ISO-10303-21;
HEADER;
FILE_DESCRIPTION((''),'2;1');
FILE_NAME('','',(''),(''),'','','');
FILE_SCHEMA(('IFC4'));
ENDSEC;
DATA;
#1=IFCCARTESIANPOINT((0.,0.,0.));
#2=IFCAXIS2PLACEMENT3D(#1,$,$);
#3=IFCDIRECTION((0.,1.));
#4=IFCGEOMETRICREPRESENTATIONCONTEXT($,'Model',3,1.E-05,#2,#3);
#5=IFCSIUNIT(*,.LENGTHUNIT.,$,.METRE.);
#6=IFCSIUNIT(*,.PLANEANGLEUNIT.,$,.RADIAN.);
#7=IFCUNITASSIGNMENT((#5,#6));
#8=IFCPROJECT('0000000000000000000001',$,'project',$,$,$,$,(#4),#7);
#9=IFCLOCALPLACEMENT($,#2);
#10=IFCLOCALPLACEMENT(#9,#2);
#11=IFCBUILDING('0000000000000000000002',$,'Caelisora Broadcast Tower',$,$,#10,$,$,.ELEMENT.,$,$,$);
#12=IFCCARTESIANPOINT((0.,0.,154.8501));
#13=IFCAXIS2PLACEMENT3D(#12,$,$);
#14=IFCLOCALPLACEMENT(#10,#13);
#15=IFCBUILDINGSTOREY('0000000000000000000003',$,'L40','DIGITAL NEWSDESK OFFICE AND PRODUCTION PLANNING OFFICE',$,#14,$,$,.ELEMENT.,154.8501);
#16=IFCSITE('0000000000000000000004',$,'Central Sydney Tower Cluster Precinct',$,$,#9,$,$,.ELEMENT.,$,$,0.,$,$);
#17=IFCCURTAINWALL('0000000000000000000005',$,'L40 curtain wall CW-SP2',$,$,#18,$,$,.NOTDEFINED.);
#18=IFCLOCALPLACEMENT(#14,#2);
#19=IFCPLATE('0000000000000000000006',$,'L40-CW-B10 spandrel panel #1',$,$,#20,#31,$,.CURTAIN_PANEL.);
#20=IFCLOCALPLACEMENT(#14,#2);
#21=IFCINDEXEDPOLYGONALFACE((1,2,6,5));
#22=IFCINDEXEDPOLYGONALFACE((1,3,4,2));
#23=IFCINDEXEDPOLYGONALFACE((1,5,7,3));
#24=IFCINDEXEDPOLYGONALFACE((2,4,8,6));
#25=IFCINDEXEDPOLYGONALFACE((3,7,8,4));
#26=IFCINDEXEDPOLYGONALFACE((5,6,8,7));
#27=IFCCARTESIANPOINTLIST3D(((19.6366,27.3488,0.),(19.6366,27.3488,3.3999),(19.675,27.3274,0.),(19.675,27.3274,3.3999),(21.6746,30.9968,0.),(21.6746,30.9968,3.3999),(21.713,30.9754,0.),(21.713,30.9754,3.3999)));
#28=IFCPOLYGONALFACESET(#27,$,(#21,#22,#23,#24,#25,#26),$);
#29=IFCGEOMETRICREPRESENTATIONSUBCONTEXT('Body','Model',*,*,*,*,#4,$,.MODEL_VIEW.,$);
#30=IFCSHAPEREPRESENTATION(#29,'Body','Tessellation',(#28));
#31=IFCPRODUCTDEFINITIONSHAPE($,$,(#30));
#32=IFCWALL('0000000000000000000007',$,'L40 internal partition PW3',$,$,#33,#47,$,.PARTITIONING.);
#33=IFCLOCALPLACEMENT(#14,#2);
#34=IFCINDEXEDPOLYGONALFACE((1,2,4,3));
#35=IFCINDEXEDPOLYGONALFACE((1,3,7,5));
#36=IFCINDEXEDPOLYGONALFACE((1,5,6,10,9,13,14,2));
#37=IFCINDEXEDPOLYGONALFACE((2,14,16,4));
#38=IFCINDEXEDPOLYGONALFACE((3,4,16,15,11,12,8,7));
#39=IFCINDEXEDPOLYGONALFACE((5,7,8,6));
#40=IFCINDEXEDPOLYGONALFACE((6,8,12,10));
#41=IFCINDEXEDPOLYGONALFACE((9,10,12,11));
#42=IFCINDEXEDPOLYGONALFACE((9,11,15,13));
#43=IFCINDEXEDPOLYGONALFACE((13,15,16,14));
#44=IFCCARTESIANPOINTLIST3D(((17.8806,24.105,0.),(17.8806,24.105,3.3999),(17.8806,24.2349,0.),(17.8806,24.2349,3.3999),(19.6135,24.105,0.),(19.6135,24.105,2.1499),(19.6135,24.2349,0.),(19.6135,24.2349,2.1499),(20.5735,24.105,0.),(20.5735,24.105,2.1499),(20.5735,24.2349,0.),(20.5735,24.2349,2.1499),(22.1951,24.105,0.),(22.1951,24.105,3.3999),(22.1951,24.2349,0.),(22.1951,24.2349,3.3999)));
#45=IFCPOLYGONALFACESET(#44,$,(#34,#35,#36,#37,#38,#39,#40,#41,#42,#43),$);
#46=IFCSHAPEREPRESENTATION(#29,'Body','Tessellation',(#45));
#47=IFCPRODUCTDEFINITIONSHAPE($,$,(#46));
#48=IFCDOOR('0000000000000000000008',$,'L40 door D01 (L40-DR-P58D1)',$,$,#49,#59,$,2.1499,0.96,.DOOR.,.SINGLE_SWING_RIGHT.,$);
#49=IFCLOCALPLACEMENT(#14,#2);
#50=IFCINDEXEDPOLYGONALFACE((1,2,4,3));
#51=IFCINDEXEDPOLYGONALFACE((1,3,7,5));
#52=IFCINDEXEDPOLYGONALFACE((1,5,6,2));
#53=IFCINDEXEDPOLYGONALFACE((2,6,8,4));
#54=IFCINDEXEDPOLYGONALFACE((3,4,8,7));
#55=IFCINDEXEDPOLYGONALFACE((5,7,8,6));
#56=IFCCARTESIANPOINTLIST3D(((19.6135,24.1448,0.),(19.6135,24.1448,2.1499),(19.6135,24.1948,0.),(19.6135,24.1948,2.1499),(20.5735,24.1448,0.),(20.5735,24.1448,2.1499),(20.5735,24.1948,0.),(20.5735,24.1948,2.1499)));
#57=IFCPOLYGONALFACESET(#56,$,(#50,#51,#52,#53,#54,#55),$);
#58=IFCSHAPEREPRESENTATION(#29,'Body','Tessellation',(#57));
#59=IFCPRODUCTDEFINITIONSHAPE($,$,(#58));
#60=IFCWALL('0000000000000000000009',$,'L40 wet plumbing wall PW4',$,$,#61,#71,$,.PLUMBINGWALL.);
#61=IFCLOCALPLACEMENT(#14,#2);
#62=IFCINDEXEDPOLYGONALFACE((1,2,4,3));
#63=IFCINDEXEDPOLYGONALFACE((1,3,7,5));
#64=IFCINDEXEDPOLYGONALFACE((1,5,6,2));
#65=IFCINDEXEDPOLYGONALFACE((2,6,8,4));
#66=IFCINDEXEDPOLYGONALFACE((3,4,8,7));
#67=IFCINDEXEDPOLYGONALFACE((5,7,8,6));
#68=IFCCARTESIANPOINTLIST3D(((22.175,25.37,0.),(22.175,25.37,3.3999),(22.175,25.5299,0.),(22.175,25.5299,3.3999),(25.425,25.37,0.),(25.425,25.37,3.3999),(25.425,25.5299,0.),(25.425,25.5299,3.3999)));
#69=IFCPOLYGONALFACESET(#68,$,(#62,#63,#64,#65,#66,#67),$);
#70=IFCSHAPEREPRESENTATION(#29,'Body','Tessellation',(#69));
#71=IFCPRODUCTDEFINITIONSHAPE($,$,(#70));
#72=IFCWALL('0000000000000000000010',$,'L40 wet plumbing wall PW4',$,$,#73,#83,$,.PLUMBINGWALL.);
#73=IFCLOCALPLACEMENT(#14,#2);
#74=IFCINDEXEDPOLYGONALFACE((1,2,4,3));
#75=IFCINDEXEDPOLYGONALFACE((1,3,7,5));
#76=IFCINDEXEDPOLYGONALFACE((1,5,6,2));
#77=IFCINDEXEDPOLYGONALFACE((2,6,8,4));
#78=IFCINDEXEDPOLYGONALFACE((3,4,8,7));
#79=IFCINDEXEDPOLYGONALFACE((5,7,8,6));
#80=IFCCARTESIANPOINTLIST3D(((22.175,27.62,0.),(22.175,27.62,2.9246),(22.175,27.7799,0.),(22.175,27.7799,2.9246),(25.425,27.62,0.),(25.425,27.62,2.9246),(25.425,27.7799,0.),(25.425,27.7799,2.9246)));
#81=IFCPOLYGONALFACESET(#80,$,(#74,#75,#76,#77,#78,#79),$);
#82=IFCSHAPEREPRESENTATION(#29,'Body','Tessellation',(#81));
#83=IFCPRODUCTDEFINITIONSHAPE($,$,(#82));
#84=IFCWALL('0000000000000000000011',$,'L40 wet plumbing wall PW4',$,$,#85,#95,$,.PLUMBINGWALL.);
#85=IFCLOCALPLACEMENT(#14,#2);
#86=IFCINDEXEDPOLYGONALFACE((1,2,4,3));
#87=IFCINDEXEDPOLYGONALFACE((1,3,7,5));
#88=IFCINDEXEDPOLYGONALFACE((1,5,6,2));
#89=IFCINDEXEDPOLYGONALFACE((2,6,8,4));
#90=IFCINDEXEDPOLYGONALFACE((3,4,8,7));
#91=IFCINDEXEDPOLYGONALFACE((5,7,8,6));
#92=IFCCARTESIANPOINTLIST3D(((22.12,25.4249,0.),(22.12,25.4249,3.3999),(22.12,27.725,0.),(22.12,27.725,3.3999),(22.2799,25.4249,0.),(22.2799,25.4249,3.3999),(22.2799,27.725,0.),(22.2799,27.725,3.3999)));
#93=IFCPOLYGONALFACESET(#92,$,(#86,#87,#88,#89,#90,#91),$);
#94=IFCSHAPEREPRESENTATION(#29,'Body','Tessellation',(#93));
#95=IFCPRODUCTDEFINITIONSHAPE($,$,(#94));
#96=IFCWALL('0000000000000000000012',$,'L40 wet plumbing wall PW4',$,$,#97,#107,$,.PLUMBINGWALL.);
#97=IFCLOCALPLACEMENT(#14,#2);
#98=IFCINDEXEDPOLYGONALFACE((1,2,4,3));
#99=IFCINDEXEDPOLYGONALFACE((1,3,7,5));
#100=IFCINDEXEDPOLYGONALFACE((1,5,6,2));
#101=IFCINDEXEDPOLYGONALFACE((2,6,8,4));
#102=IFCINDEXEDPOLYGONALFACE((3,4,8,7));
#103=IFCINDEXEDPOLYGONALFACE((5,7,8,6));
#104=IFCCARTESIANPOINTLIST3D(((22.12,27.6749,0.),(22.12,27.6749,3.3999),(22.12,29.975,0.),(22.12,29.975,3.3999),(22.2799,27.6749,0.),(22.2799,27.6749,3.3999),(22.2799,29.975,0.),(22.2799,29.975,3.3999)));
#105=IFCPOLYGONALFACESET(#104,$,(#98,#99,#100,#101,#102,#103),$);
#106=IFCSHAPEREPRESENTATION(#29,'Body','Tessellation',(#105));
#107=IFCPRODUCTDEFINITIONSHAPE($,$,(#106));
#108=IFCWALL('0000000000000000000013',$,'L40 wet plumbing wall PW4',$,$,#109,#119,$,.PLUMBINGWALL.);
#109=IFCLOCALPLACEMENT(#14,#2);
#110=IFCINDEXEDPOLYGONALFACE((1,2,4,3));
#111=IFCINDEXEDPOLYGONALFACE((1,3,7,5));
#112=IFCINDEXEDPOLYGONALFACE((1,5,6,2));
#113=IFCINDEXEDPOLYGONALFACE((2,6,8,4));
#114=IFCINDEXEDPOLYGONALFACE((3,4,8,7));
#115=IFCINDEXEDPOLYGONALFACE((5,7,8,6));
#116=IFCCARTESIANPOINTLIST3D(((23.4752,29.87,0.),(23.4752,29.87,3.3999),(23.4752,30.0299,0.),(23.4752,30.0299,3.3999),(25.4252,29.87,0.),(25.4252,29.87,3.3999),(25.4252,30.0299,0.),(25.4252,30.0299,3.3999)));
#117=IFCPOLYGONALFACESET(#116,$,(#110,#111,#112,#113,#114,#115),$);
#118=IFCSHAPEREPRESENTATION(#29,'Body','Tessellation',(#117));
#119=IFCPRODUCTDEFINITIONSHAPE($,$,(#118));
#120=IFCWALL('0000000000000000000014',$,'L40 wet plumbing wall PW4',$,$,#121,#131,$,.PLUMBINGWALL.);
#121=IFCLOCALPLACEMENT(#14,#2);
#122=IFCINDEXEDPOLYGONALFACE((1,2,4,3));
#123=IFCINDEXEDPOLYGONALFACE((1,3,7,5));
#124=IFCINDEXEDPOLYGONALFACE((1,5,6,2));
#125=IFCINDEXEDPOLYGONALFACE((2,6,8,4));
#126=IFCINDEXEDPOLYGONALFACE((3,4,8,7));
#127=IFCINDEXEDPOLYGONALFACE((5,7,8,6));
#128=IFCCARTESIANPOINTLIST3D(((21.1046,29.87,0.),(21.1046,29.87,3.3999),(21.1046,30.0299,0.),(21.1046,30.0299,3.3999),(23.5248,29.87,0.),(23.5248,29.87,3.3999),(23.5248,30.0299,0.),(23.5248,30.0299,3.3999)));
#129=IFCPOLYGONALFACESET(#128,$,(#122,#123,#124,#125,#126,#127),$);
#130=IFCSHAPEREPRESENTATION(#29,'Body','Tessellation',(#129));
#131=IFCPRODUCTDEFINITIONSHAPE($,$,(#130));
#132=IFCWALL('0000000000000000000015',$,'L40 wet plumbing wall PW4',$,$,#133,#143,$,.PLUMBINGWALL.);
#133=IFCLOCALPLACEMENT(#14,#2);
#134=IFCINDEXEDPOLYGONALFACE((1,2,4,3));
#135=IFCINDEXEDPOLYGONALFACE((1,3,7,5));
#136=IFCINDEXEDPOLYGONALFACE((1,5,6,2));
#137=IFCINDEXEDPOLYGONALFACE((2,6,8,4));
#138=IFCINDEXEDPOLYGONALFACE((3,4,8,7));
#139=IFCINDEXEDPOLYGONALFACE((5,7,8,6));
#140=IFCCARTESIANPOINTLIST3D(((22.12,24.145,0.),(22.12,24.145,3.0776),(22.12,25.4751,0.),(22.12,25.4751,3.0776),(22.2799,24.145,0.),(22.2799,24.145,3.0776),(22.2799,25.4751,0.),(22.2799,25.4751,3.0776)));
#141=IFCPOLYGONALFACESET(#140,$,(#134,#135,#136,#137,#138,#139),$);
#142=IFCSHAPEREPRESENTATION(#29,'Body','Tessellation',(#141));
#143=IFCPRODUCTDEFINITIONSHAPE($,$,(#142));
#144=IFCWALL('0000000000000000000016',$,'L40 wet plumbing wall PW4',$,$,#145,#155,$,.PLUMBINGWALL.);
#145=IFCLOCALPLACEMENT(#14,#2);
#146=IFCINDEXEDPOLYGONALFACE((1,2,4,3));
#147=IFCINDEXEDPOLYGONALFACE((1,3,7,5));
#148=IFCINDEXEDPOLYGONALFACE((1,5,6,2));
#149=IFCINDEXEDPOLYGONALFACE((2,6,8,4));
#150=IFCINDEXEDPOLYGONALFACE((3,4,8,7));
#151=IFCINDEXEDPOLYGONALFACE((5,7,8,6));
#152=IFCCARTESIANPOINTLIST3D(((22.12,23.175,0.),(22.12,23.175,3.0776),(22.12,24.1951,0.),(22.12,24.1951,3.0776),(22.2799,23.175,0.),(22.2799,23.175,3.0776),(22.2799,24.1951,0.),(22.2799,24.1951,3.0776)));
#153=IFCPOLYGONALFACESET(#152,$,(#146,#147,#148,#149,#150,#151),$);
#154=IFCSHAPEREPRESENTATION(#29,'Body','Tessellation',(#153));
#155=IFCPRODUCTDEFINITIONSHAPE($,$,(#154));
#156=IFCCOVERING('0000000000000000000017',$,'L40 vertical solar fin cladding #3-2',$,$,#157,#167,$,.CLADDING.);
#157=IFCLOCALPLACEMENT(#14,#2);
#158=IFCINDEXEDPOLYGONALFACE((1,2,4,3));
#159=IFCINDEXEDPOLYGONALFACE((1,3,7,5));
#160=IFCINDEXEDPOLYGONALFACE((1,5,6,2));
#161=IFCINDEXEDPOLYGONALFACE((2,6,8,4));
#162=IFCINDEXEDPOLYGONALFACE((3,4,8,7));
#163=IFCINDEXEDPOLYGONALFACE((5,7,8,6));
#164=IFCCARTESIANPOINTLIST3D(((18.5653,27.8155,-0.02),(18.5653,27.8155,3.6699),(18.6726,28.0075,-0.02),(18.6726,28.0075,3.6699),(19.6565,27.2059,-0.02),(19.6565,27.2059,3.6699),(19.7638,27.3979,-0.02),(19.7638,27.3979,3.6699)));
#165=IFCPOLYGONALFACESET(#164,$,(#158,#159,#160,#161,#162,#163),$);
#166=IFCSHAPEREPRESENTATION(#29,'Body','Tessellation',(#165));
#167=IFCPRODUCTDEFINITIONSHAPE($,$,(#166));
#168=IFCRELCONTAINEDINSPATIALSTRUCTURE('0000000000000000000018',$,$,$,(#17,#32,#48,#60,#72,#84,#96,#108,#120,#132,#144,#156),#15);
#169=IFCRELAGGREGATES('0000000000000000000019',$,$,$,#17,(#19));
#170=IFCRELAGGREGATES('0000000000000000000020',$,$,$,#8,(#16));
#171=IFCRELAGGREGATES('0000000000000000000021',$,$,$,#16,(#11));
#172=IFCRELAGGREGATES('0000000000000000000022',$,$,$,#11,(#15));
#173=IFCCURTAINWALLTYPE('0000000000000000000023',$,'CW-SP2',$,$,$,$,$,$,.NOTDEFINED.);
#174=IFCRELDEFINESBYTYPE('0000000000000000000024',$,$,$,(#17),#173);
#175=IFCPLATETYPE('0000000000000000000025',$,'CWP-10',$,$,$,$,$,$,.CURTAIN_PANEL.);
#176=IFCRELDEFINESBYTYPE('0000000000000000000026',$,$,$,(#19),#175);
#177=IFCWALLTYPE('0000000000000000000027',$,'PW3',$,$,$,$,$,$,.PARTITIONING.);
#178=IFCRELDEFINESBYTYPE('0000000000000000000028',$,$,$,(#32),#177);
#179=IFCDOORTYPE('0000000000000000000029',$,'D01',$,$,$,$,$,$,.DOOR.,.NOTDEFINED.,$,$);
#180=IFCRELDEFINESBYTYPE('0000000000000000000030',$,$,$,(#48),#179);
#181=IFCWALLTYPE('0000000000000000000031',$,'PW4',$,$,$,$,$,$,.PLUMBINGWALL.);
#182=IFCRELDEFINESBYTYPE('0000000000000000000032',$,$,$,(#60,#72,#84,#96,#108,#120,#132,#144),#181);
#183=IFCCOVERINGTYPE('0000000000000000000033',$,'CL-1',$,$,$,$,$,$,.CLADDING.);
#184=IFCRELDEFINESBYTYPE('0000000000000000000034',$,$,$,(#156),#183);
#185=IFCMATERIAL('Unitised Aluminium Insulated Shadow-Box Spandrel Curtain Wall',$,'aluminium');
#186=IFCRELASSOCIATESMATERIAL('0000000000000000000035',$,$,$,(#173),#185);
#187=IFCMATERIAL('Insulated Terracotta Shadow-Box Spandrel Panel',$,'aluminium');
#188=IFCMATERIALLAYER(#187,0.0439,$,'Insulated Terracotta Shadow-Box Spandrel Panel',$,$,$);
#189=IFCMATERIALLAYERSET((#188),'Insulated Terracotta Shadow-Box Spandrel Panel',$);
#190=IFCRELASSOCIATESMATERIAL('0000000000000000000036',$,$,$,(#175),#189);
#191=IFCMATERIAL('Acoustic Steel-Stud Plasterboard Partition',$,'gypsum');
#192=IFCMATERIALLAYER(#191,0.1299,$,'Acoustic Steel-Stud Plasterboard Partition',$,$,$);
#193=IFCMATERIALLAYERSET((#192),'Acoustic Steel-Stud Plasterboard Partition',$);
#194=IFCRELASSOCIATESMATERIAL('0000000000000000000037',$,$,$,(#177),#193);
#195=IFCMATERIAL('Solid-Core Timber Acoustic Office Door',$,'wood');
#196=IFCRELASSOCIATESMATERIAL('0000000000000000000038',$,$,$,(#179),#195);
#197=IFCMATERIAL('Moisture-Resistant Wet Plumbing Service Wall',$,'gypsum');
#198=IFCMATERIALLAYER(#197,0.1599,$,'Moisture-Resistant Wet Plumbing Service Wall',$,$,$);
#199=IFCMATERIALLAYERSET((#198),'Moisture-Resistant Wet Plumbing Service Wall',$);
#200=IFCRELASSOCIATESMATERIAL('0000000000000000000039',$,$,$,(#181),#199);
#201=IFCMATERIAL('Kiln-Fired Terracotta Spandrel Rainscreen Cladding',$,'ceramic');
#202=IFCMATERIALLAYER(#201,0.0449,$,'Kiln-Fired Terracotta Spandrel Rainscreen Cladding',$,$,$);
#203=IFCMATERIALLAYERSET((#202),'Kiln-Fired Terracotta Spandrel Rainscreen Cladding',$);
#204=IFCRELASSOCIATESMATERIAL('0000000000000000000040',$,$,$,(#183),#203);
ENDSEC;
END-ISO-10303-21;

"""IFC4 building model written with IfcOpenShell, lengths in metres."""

from ifc_helpers import new_model, si_unit, direction, frame, frame_2d, origin, origin_2d, place, context, subcontext, project, spatial, rectangle, extrude, source, transform, mapped, material, layer, layer_set, type_object, type_shapes, element, fill, aggregate, save


model = new_model("IFC4")

# Units and contexts
model_context = context("Model", 3, precision=1e-05, world=origin(), true_north=direction((0.0, 1.0)))
body_context = subcontext(model_context, "Body", "Model", "MODEL_VIEW")
ifc_project = project(units=[si_unit("LENGTHUNIT", "METRE"), si_unit("PLANEANGLEUNIT", "RADIAN")], contexts=[model_context])

# Site, building, storey
site_placement = place(None, origin())
site = spatial("IfcSite", under=ifc_project, at=site_placement, Name="Central Sydney Tower Cluster Precinct", CompositionType="ELEMENT", RefElevation=0.0)
building_placement = place(site_placement, origin())
building = spatial("IfcBuilding", under=site, at=building_placement, Name="Caelisora Broadcast Tower", CompositionType="ELEMENT")
storey_placement = place(building_placement, frame((0.0, 0.0, 154.8501)))
storey = spatial("IfcBuildingStorey", under=building, at=storey_placement, Name="L40", Description="DIGITAL NEWSDESK OFFICE AND PRODUCTION PLANNING OFFICE", CompositionType="ELEMENT", Elevation=154.8501)

# Curtain wall
ifc_material_1 = material(Name="Unitised Aluminium Insulated Shadow-Box Spandrel Curtain Wall", Category="aluminium")
curtain_wall_type_1 = type_object("IfcCurtainWallType", Name="CW-SP2", PredefinedType="NOTDEFINED", material=ifc_material_1)
curtain_wall_1_placement = place(storey_placement, origin())
curtain_wall_1 = element("IfcCurtainWall", 1, at=curtain_wall_1_placement, inside=storey, type_object=curtain_wall_type_1, Name="L40 curtain wall CW-SP2", PredefinedType="NOTDEFINED")

# Plate
ifc_material_2 = material(Name="Insulated Terracotta Shadow-Box Spandrel Panel", Category="aluminium")
ifc_layer_1 = layer(ifc_material_2, 0.0439, Name="Insulated Terracotta Shadow-Box Spandrel Panel")
ifc_layer_set_1 = layer_set([ifc_layer_1], Name="Insulated Terracotta Shadow-Box Spandrel Panel")
plate_type_1 = type_object("IfcPlateType", Name="CWP-10", PredefinedType="CURTAIN_PANEL", material=ifc_layer_set_1)
shared_shape_1 = source(origin(), body_context, "Body", "SweptSolid", [
    extrude(rectangle(XDim=4.1787, YDim=0.0439, at=origin_2d()), origin(), (0.0, 0.0, 1.0), 3.3999),
])
type_shapes(plate_type_1, [shared_shape_1])
plate_1_placement = place(storey_placement, frame((20.6748, 29.1621, 0.0), z_axis=(0.0, 0.0, 1.0), x_axis=(0.487707, 0.873007, 0.0)))
plate_1 = element("IfcPlate", 2, at=plate_1_placement, type_object=plate_type_1, Name="L40-CW-B10 spandrel panel #1", PredefinedType="CURTAIN_PANEL", context=body_context, shape_type="MappedRepresentation", body=[
    mapped(shared_shape_1, transform((0.0, 0.0, 0.0), scale=1.0)),
])
aggregate(curtain_wall_1, [plate_1])

# Wall, opening, door
ifc_material_3 = material(Name="Acoustic Steel-Stud Plasterboard Partition", Category="gypsum")
ifc_layer_2 = layer(ifc_material_3, 0.1299, Name="Acoustic Steel-Stud Plasterboard Partition")
ifc_layer_set_2 = layer_set([ifc_layer_2], Name="Acoustic Steel-Stud Plasterboard Partition")
wall_type_1 = type_object("IfcWallType", Name="PW3", PredefinedType="PARTITIONING", material=ifc_layer_set_2)
wall_1_placement = place(storey_placement, frame((17.8806, 24.1699, 0.0), z_axis=(0.0, 0.0, 1.0), x_axis=(1.0, 0.0, 0.0)))
wall_1 = element("IfcWall", 3, at=wall_1_placement, inside=storey, type_object=wall_type_1, Name="L40 internal partition PW3", PredefinedType="PARTITIONING", context=body_context, shape_type="SweptSolid", body=[
    extrude(rectangle(XDim=4.3145, YDim=0.1299, at=frame_2d((2.1572, 0.0))), origin(), (0.0, 0.0, 1.0), 3.3999),
])
opening_placement = place(wall_1_placement, frame((1.7329, 0.0, 0.0)))
opening = element("IfcOpeningElement", 4, at=opening_placement, cuts=wall_1, PredefinedType="OPENING", context=body_context, shape_type="SweptSolid", body=[
    extrude(rectangle(XDim=0.96, YDim=2.1499, at=frame_2d((0.48, 1.075))), frame((0.0, 0.0769, 0.0), z_axis=(0.0, -1.0, 0.0), x_axis=(1.0, 0.0, 0.0)), (0.0, 0.0, 1.0), 0.1538),
])
ifc_material_4 = material(Name="Solid-Core Timber Acoustic Office Door", Category="wood")
door_type = type_object("IfcDoorType", Name="D01", OperationType="NOTDEFINED", PredefinedType="DOOR", material=ifc_material_4)
door_placement = place(opening_placement, origin())
door = element("IfcDoor", 5, at=door_placement, inside=storey, type_object=door_type, Name="L40 door D01 (L40-DR-P58D1)", OperationType="SINGLE_SWING_RIGHT", OverallHeight=2.1499, OverallWidth=0.96, PredefinedType="DOOR", context=body_context, shape_type="SweptSolid", body=[
    extrude(rectangle(XDim=0.96, YDim=2.1499, at=frame_2d((0.48, 1.075))), frame((0.0, 0.0249, 0.0), z_axis=(0.0, -1.0, 0.0), x_axis=(1.0, 0.0, 0.0)), (0.0, 0.0, 1.0), 0.05),
])
fill(opening, door)

# Walls
ifc_material_5 = material(Name="Moisture-Resistant Wet Plumbing Service Wall", Category="gypsum")
ifc_layer_3 = layer(ifc_material_5, 0.1599, Name="Moisture-Resistant Wet Plumbing Service Wall")
ifc_layer_set_3 = layer_set([ifc_layer_3], Name="Moisture-Resistant Wet Plumbing Service Wall")
wall_type_2 = type_object("IfcWallType", Name="PW4", PredefinedType="PLUMBINGWALL", material=ifc_layer_set_3)
wall_2_placement = place(storey_placement, frame((22.175, 25.45, 0.0), z_axis=(0.0, 0.0, 1.0), x_axis=(1.0, 0.0, 0.0)))
element("IfcWall", 6, at=wall_2_placement, inside=storey, type_object=wall_type_2, Name="L40 wet plumbing wall PW4", PredefinedType="PLUMBINGWALL", context=body_context, shape_type="SweptSolid", body=[
    extrude(rectangle(XDim=3.25, YDim=0.1599, at=frame_2d((1.625, 0.0))), origin(), (0.0, 0.0, 1.0), 3.3999),
])
wall_3_placement = place(storey_placement, frame((22.175, 27.7, 0.0), z_axis=(0.0, 0.0, 1.0), x_axis=(1.0, 0.0, 0.0)))
element("IfcWall", 7, at=wall_3_placement, inside=storey, type_object=wall_type_2, Name="L40 wet plumbing wall PW4", PredefinedType="PLUMBINGWALL", context=body_context, shape_type="SweptSolid", body=[
    extrude(rectangle(XDim=3.25, YDim=0.1599, at=frame_2d((1.625, 0.0))), origin(), (0.0, 0.0, 1.0), 2.9246),
])
for number, where, z_axis, x_axis, name in (
    (8, (22.2, 25.425, 0.0), (0.0, 0.0, 1.0), (0.0, 1.0, 0.0), "L40 wet plumbing wall PW4"),
    (9, (22.2, 27.675, 0.0), (0.0, 0.0, 1.0), (0.0, 1.0, 0.0), "L40 wet plumbing wall PW4"),
):
    element("IfcWall", number, at=place(storey_placement, frame(where, z_axis=z_axis, x_axis=x_axis)), inside=storey, type_object=wall_type_2, Name=name, PredefinedType="PLUMBINGWALL", context=body_context, shape_type="SweptSolid", body=[
        extrude(rectangle(XDim=2.3, YDim=0.1599, at=frame_2d((1.1499, 0.0))), origin(), (0.0, 0.0, 1.0), 3.3999),
    ])
wall_4_placement = place(storey_placement, frame((23.4751, 29.95, 0.0), z_axis=(0.0, 0.0, 1.0), x_axis=(1.0, 0.0, 0.0)))
element("IfcWall", 10, at=wall_4_placement, inside=storey, type_object=wall_type_2, Name="L40 wet plumbing wall PW4", PredefinedType="PLUMBINGWALL", context=body_context, shape_type="SweptSolid", body=[
    extrude(rectangle(XDim=1.95, YDim=0.1599, at=frame_2d((0.9751, 0.0))), origin(), (0.0, 0.0, 1.0), 3.3999),
])
wall_5_placement = place(storey_placement, frame((21.1047, 29.95, 0.0), z_axis=(0.0, 0.0, 1.0), x_axis=(1.0, 0.0, 0.0)))
element("IfcWall", 11, at=wall_5_placement, inside=storey, type_object=wall_type_2, Name="L40 wet plumbing wall PW4", PredefinedType="PLUMBINGWALL", context=body_context, shape_type="SweptSolid", body=[
    extrude(rectangle(XDim=2.4202, YDim=0.1599, at=frame_2d((1.21, 0.0))), origin(), (0.0, 0.0, 1.0), 3.3999),
])
wall_6_placement = place(storey_placement, frame((22.2, 24.145, 0.0), z_axis=(0.0, 0.0, 1.0), x_axis=(0.0, 1.0, 0.0)))
element("IfcWall", 12, at=wall_6_placement, inside=storey, type_object=wall_type_2, Name="L40 wet plumbing wall PW4", PredefinedType="PLUMBINGWALL", context=body_context, shape_type="SweptSolid", body=[
    extrude(rectangle(XDim=1.3301, YDim=0.1599, at=frame_2d((0.665, 0.0))), origin(), (0.0, 0.0, 1.0), 3.0776),
])
wall_7_placement = place(storey_placement, frame((22.2, 24.1951, 0.0), z_axis=(0.0, 0.0, 1.0), x_axis=(0.0, -1.0, 0.0)))
element("IfcWall", 13, at=wall_7_placement, inside=storey, type_object=wall_type_2, Name="L40 wet plumbing wall PW4", PredefinedType="PLUMBINGWALL", context=body_context, shape_type="SweptSolid", body=[
    extrude(rectangle(XDim=1.02, YDim=0.1599, at=frame_2d((0.51, 0.0))), origin(), (0.0, 0.0, 1.0), 3.0776),
])

# Covering
ifc_material_6 = material(Name="Kiln-Fired Terracotta Spandrel Rainscreen Cladding", Category="ceramic")
ifc_layer_4 = layer(ifc_material_6, 0.0449, Name="Kiln-Fired Terracotta Spandrel Rainscreen Cladding")
ifc_layer_set_4 = layer_set([ifc_layer_4], Name="Kiln-Fired Terracotta Spandrel Rainscreen Cladding")
covering_type = type_object("IfcCoveringType", Name="CL-1", PredefinedType="CLADDING", material=ifc_layer_set_4)
shared_shape_2 = source(origin(), body_context, "Body", "SweptSolid", [
    extrude(rectangle(XDim=0.22, YDim=1.25, at=origin_2d()), origin(), (0.0, 0.0, 1.0), 3.6899),
])
type_shapes(covering_type, [shared_shape_2])
covering_placement = place(storey_placement, frame((19.1646, 27.6067, -0.02), z_axis=(0.0, 0.0, 1.0), x_axis=(0.487707, 0.873007, 0.0)))
element("IfcCovering", 14, at=covering_placement, inside=storey, type_object=covering_type, Name="L40 vertical solar fin cladding #3-2", PredefinedType="CLADDING", context=body_context, shape_type="MappedRepresentation", body=[
    mapped(shared_shape_2, transform((0.0, 0.0, 0.0), scale=1.0)),
])

save(model, "model.ifc")
